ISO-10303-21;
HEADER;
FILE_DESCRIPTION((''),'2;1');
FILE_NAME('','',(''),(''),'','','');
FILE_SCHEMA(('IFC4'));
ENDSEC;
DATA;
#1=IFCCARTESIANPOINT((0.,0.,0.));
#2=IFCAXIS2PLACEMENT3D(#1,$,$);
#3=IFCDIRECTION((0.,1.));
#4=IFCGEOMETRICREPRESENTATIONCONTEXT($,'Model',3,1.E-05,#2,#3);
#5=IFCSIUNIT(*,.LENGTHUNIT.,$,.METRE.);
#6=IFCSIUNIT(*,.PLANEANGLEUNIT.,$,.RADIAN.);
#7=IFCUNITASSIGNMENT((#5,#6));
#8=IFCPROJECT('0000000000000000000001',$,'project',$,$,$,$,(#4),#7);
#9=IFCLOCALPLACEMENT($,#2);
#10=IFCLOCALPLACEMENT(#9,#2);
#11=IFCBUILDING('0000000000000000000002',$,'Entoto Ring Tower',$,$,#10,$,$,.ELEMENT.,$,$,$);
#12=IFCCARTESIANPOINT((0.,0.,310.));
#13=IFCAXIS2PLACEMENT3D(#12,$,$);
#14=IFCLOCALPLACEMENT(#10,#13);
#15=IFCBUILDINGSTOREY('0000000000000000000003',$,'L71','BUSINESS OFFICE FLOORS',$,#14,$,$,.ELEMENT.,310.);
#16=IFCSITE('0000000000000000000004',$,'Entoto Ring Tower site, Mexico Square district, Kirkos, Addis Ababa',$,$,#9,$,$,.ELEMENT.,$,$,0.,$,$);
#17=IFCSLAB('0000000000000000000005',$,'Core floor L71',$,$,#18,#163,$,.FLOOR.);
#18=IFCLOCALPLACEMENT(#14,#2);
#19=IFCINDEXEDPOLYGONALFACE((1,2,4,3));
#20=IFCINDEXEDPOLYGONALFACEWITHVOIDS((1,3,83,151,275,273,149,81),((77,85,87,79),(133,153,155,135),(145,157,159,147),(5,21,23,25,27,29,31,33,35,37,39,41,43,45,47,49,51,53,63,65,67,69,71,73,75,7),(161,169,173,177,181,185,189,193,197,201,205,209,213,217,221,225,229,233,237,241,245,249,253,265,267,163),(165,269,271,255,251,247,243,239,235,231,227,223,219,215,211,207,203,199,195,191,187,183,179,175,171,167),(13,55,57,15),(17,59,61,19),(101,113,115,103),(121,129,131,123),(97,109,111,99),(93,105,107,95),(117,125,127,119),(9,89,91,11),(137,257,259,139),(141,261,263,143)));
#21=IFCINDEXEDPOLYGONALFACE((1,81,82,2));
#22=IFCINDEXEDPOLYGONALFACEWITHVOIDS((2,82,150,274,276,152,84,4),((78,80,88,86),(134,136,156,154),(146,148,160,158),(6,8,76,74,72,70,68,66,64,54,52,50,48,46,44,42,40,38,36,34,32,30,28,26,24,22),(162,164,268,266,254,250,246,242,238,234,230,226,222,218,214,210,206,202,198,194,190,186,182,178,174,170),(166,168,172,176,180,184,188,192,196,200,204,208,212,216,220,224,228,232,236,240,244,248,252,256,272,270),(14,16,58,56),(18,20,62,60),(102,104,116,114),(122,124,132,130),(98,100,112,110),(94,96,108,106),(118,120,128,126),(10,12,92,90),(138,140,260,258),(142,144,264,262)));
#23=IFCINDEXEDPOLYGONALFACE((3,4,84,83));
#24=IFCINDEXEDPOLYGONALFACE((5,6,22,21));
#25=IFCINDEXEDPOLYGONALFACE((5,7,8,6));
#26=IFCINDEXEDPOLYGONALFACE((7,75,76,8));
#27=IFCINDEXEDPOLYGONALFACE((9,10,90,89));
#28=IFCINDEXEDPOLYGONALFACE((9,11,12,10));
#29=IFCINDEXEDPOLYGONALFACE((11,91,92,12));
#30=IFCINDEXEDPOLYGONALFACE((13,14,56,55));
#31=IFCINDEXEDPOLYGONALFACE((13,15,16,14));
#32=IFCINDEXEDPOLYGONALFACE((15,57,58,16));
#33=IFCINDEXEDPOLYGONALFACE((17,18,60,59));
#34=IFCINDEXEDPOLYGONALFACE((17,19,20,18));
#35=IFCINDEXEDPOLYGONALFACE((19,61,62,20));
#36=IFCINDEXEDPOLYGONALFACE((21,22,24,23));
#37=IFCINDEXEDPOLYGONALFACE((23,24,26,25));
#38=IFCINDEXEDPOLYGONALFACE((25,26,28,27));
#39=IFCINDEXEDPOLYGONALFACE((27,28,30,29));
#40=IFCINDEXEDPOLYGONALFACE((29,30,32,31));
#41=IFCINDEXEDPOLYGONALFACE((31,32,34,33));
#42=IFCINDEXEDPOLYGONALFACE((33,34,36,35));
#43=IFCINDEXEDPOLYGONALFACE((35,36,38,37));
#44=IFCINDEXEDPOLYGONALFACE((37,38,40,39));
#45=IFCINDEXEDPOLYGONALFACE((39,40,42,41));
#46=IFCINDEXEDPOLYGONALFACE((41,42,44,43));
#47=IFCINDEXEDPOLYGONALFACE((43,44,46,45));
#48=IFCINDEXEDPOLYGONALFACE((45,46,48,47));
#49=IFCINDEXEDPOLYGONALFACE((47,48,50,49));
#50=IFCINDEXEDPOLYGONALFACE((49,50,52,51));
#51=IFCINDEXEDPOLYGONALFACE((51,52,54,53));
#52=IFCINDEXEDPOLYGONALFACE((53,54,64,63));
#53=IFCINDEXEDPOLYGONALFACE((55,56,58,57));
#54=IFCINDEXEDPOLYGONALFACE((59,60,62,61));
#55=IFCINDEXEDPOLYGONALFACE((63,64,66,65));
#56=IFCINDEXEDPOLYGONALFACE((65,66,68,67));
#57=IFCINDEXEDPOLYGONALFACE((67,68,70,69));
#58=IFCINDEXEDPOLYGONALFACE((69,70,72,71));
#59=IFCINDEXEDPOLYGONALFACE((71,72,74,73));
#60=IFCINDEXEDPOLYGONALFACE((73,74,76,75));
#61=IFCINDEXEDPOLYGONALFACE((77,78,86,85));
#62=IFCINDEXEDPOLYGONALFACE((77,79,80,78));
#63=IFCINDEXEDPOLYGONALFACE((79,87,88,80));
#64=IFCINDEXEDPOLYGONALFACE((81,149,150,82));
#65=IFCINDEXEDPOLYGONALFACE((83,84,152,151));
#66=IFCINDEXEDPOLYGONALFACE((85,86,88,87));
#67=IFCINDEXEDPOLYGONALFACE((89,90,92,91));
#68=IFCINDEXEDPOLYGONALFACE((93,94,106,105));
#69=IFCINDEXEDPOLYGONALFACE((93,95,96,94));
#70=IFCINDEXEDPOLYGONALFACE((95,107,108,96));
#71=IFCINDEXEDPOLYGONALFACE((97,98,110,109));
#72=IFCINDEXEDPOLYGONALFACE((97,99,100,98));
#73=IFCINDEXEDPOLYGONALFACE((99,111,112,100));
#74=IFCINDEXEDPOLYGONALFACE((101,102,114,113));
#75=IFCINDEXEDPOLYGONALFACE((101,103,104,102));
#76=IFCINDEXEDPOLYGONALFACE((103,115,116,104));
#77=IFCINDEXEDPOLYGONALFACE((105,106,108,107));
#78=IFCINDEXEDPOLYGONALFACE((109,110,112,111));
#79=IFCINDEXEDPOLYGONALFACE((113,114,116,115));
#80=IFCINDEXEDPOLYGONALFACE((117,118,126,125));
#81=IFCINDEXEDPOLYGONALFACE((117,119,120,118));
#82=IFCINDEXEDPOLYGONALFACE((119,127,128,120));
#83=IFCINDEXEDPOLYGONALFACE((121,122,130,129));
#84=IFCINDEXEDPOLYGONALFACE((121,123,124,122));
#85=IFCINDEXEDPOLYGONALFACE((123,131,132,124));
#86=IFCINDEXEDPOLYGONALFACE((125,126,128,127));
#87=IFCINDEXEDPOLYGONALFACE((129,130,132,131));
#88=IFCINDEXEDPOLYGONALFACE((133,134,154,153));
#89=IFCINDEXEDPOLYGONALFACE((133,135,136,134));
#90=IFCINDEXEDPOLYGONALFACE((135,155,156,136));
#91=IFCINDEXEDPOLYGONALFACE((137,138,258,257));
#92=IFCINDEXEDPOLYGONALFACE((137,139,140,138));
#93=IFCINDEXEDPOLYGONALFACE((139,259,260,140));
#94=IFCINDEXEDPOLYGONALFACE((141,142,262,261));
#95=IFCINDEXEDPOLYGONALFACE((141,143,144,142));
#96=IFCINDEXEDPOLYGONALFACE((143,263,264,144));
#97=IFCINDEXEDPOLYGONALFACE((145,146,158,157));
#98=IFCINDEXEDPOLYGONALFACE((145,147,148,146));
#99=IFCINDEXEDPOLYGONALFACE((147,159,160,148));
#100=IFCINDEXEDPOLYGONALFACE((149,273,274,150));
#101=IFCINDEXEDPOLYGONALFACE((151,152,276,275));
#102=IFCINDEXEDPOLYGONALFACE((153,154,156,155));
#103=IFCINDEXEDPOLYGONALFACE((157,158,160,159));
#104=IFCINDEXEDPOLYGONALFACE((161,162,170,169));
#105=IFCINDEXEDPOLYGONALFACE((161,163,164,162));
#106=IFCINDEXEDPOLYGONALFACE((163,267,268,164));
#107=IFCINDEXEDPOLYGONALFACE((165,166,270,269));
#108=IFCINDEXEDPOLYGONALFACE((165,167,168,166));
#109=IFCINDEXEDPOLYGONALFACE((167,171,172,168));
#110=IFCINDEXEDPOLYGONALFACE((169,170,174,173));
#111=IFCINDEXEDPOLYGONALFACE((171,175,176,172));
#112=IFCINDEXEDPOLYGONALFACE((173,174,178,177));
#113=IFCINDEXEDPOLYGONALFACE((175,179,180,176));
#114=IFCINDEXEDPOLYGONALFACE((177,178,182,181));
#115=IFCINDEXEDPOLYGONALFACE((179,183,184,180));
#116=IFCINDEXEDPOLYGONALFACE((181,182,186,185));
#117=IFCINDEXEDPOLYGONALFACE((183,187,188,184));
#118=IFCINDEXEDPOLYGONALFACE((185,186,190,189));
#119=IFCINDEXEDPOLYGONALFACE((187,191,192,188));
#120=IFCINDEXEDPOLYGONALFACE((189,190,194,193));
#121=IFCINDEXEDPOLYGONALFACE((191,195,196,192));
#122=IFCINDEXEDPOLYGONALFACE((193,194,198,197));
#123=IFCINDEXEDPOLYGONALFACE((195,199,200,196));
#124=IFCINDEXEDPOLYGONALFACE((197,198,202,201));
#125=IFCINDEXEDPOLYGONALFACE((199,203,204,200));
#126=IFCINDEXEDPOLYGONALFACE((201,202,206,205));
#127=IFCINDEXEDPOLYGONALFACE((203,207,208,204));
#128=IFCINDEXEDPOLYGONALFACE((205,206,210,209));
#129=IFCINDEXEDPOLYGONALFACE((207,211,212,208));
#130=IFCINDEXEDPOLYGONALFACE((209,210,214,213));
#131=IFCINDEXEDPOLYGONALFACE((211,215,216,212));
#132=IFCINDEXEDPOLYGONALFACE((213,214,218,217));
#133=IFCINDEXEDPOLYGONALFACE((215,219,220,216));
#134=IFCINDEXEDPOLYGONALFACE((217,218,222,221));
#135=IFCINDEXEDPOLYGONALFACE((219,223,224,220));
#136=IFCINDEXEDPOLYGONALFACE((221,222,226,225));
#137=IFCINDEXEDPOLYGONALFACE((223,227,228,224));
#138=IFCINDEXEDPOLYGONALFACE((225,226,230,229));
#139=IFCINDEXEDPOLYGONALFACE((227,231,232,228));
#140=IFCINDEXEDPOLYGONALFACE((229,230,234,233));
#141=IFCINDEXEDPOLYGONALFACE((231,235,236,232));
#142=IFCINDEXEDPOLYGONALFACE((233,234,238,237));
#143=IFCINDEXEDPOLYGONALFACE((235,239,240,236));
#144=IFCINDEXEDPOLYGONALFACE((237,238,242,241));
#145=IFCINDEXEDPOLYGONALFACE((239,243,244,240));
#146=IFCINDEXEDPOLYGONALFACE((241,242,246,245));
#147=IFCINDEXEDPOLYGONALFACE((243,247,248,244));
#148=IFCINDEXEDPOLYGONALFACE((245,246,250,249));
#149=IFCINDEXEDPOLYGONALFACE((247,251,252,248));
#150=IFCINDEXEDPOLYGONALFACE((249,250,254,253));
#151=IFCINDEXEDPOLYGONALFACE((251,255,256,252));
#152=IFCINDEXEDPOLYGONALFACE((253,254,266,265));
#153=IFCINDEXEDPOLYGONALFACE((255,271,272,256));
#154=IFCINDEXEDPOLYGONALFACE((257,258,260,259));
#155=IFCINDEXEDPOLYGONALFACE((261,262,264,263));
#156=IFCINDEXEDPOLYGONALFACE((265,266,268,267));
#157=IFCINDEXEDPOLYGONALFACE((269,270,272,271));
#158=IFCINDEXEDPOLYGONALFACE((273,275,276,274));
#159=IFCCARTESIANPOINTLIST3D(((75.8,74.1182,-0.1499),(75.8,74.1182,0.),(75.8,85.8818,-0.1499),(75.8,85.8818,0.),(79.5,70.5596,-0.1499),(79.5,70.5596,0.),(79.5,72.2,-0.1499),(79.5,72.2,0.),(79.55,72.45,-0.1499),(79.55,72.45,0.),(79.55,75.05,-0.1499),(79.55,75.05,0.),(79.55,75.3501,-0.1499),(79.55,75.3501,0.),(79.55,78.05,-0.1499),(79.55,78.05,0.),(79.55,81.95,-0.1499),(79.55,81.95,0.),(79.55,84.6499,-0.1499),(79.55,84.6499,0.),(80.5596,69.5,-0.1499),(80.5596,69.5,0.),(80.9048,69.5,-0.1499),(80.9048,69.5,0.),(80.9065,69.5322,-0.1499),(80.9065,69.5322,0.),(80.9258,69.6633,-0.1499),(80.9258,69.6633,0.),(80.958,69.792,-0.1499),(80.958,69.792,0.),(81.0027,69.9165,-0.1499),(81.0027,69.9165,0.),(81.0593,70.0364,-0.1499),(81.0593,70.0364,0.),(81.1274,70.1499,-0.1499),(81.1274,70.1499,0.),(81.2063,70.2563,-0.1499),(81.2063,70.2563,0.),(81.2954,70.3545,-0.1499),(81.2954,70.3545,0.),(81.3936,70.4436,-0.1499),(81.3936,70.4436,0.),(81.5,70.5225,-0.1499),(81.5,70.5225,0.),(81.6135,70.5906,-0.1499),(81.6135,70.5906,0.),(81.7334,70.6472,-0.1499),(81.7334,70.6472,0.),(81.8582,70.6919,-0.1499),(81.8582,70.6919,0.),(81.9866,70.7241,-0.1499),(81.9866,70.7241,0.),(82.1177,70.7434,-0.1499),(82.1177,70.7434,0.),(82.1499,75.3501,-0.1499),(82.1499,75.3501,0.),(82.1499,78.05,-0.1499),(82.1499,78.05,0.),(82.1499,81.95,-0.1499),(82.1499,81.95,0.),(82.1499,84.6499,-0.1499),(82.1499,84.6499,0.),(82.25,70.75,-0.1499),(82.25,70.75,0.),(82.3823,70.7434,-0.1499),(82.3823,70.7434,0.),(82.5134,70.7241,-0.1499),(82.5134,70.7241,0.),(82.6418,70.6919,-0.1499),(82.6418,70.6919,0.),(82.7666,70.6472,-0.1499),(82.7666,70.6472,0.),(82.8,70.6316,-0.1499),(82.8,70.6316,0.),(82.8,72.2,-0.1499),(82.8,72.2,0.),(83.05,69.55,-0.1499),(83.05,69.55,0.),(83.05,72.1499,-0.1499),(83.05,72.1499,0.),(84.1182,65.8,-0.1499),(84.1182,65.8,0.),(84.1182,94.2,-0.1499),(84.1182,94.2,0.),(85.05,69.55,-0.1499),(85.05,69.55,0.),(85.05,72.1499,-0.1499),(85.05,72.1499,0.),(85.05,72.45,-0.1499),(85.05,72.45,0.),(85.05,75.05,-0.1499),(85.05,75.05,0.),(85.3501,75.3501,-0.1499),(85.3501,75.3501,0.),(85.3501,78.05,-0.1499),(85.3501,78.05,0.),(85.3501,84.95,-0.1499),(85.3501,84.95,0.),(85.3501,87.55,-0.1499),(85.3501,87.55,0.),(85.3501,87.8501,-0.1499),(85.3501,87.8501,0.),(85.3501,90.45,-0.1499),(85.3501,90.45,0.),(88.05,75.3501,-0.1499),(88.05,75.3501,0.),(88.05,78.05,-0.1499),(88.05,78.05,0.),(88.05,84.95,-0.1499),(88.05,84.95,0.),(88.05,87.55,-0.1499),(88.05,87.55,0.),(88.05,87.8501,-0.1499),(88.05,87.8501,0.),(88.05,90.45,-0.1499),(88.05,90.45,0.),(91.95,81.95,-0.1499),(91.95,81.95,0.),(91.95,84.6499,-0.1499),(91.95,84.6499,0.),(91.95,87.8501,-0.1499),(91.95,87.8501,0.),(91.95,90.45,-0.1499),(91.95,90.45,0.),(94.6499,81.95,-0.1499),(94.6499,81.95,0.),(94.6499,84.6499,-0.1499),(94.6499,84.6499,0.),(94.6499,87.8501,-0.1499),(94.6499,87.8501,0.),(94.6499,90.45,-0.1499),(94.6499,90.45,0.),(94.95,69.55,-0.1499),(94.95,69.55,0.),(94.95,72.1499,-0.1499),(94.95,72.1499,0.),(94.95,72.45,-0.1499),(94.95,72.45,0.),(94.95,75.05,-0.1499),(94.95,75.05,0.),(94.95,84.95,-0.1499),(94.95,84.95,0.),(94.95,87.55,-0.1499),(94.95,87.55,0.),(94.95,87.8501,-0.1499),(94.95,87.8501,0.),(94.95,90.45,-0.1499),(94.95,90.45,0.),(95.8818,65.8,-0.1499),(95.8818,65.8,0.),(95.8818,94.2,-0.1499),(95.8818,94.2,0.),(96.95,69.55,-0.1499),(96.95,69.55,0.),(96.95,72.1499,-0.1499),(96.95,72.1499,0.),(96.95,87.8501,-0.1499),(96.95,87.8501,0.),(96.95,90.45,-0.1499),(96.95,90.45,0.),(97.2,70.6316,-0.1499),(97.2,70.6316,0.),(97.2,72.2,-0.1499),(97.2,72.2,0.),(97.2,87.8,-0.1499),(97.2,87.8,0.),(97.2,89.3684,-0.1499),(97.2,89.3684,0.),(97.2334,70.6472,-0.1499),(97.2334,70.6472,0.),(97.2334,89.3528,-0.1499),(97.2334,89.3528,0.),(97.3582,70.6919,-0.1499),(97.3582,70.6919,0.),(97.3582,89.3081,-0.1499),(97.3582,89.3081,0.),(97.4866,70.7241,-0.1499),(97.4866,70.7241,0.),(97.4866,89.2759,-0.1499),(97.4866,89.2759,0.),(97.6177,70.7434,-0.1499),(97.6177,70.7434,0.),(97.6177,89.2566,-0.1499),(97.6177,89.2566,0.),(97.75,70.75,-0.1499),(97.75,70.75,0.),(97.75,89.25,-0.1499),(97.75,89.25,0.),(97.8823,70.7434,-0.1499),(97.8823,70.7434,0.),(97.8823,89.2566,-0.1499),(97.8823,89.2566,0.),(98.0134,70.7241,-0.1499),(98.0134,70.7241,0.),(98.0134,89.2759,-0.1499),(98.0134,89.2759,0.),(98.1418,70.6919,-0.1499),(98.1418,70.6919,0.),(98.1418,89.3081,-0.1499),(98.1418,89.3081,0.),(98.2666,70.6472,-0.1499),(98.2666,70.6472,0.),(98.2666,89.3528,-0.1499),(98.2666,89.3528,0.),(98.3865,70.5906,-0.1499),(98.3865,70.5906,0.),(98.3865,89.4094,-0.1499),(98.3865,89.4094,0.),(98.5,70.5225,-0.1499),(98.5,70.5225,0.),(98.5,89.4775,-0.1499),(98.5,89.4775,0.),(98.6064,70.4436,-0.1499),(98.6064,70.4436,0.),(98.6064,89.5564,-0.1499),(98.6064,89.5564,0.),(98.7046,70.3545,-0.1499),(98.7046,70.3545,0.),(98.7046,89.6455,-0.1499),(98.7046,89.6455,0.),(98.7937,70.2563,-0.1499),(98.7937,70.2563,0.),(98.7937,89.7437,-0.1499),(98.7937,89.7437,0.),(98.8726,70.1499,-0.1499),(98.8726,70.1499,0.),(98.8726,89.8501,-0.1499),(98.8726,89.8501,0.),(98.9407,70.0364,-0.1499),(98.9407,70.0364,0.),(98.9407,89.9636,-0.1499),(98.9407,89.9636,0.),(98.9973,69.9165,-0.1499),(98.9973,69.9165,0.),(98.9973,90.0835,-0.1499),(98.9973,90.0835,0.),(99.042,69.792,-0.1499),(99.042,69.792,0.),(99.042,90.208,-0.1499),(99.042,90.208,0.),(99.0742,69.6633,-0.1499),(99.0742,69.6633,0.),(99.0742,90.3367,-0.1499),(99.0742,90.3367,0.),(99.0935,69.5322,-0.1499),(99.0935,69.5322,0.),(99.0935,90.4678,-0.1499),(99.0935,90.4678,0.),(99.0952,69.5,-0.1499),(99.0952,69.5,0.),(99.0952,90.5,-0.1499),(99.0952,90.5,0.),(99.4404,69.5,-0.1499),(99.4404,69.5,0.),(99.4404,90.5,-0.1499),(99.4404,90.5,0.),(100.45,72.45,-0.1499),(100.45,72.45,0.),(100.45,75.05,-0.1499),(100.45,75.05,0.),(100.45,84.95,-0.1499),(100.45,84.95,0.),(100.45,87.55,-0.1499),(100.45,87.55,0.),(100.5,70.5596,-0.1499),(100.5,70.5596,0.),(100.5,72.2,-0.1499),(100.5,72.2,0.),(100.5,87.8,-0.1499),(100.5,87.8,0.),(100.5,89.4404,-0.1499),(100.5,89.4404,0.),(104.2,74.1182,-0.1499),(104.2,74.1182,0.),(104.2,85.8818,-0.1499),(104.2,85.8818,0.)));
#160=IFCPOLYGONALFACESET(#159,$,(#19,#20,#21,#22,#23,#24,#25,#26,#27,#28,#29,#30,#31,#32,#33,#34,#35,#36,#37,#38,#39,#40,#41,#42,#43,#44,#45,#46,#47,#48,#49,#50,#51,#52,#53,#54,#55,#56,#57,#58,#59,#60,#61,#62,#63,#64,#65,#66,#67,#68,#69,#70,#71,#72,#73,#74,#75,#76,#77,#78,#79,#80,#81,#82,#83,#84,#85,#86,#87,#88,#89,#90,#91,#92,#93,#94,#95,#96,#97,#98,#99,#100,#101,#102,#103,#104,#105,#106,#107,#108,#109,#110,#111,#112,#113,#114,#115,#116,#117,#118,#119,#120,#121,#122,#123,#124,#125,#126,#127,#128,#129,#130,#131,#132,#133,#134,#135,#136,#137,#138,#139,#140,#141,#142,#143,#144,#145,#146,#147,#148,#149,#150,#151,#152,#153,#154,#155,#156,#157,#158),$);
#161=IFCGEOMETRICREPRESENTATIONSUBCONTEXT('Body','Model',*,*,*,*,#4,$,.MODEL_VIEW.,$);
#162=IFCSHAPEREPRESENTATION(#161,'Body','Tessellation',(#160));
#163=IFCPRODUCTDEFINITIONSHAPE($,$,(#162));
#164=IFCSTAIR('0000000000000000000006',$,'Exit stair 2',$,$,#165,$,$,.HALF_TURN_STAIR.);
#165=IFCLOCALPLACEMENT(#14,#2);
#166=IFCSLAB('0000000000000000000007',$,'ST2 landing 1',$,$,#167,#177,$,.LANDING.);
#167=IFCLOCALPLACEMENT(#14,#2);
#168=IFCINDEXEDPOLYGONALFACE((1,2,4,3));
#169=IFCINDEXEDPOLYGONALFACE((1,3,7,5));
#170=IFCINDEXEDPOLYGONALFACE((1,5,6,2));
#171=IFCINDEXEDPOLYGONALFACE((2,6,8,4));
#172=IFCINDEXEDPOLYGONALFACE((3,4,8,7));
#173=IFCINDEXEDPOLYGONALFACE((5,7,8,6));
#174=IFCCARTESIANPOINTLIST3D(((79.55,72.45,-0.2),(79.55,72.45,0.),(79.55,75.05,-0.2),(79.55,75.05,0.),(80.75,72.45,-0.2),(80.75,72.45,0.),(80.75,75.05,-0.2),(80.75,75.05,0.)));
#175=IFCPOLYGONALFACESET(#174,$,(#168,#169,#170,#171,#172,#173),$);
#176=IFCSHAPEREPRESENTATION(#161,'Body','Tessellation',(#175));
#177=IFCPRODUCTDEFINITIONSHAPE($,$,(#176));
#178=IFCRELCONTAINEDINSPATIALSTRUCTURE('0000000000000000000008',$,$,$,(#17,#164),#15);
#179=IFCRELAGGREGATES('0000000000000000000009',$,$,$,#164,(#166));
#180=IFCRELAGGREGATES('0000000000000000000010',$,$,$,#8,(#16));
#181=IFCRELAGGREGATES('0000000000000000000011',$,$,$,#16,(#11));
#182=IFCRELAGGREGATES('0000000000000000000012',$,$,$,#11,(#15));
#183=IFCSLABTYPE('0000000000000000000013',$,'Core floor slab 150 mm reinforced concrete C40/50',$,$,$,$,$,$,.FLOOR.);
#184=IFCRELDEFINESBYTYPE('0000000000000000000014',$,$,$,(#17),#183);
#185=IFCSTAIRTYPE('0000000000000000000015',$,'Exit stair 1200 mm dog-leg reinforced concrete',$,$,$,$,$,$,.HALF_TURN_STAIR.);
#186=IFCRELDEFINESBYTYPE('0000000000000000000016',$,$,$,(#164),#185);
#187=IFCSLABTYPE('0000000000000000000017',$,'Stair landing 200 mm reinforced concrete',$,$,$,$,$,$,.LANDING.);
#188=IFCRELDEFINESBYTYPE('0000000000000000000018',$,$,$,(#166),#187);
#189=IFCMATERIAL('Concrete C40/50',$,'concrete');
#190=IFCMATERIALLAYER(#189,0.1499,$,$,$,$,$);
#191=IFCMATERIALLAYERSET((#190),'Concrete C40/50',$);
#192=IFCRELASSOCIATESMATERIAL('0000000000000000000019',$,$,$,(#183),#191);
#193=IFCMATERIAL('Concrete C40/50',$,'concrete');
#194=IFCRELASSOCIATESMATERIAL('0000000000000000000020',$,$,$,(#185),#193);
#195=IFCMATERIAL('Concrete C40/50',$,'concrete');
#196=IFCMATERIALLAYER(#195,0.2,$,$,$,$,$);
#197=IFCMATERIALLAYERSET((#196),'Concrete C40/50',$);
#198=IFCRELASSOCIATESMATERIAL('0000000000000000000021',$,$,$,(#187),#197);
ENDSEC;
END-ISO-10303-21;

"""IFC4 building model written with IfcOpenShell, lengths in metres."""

from ifc_helpers import new_model, si_unit, direction, frame, origin, place, context, subcontext, project, spatial, polyline, outline, extrude, material, layer, layer_set, type_object, element, aggregate, save


model = new_model("IFC4")

# Units and contexts
model_context = context("Model", 3, precision=1e-05, world=origin(), true_north=direction((0.0, 1.0)))
body_context = subcontext(model_context, "Body", "Model", "MODEL_VIEW")
ifc_project = project(units=[si_unit("LENGTHUNIT", "METRE"), si_unit("PLANEANGLEUNIT", "RADIAN")], contexts=[model_context])

# Site, building, storey
site_placement = place(None, origin())
site = spatial("IfcSite", under=ifc_project, at=site_placement, Name="Entoto Ring Tower site, Mexico Square district, Kirkos, Addis Ababa", CompositionType="ELEMENT", RefElevation=0.0)
building_placement = place(site_placement, origin())
building = spatial("IfcBuilding", under=site, at=building_placement, Name="Entoto Ring Tower", CompositionType="ELEMENT")
storey_placement = place(building_placement, frame((0.0, 0.0, 310.0)))
storey = spatial("IfcBuildingStorey", under=building, at=storey_placement, Name="L71", Description="BUSINESS OFFICE FLOORS", CompositionType="ELEMENT", Elevation=310.0)

# Slab
ifc_material_1 = material(Name="Concrete C40/50", Category="concrete")
ifc_layer_1 = layer(ifc_material_1, 0.1499)
ifc_layer_set_1 = layer_set([ifc_layer_1], Name="Concrete C40/50")
slab_type_1 = type_object("IfcSlabType", Name="Core floor slab 150 mm reinforced concrete C40/50", PredefinedType="FLOOR", material=ifc_layer_set_1)
slab_1_placement = place(storey_placement, frame((0.0, 0.0, -0.1499)))
element("IfcSlab", 1, at=slab_1_placement, inside=storey, type_object=slab_type_1, Name="Core floor L71", PredefinedType="FLOOR", context=body_context, shape_type="SweptSolid", body=[
    extrude(outline(polyline([(104.2, 74.1182), (104.2, 85.8818), (95.8818, 94.2), (84.1182, 94.2), (75.8, 85.8818), (75.8, 74.1182), (84.1182, 65.8), (95.8818, 65.8), (104.2, 74.1182)]), holes=[polyline([(100.45, 84.95), (100.45, 87.55), (94.95, 87.55), (94.95, 84.95), (100.45, 84.95)]), polyline([(85.05, 72.45), (85.05, 75.05), (79.55, 75.05), (79.55, 72.45), (85.05, 72.45)]), polyline([(100.45, 72.45), (100.45, 75.05), (94.95, 75.05), (94.95, 72.45), (100.45, 72.45)]), polyline([(94.95, 90.45), (94.95, 87.8501), (96.95, 87.8501), (96.95, 90.45), (94.95, 90.45)]), polyline([(94.95, 72.1499), (94.95, 69.55), (96.95, 69.55), (96.95, 72.1499), (94.95, 72.1499)]), polyline([(83.05, 72.1499), (83.05, 69.55), (85.05, 69.55), (85.05, 72.1499), (83.05, 72.1499)]), polyline([(79.55, 81.95), (82.1499, 81.95), (82.1499, 84.6499), (79.55, 84.6499), (79.55, 81.95)]), polyline([(79.55, 75.3501), (82.1499, 75.3501), (82.1499, 78.05), (79.55, 78.05), (79.55, 75.3501)]), polyline([(91.95, 87.8501), (94.6499, 87.8501), (94.6499, 90.45), (91.95, 90.45), (91.95, 87.8501)]), polyline([(91.95, 81.95), (94.6499, 81.95), (94.6499, 84.6499), (91.95, 84.6499), (91.95, 81.95)]), polyline([(85.3501, 75.3501), (88.05, 75.3501), (88.05, 78.05), (85.3501, 78.05), (85.3501, 75.3501)]), polyline([(85.3501, 84.95), (88.05, 84.95), (88.05, 87.55), (85.3501, 87.55), (85.3501, 84.95)]), polyline([(85.3501, 87.8501), (88.05, 87.8501), (88.05, 90.45), (85.3501, 90.45), (85.3501, 87.8501)]), polyline([(97.2, 89.3684), (97.2, 87.8), (100.5, 87.8), (100.5, 89.4404), (99.4404, 90.5), (99.0952, 90.5), (99.0935, 90.4678), (99.0742, 90.3367), (99.042, 90.208), (98.9973, 90.0835), (98.9407, 89.9636), (98.8726, 89.8501), (98.7937, 89.7437), (98.7046, 89.6455), (98.6064, 89.5564), (98.5, 89.4775), (98.3865, 89.4094), (98.2666, 89.3528), (98.1418, 89.3081), (98.0134, 89.2759), (97.8823, 89.2566), (97.75, 89.25), (97.6177, 89.2566), (97.4866, 89.2759), (97.3582, 89.3081), (97.2334, 89.3528), (97.2, 89.3684)]), polyline([(80.5596, 69.5), (80.9048, 69.5), (80.9065, 69.5322), (80.9258, 69.6633), (80.958, 69.792), (81.0027, 69.9165), (81.0593, 70.0364), (81.1274, 70.1499), (81.2063, 70.2563), (81.2954, 70.3545), (81.3936, 70.4436), (81.5, 70.5225), (81.6135, 70.5906), (81.7334, 70.6472), (81.8582, 70.6919), (81.9866, 70.7241), (82.1177, 70.7434), (82.25, 70.75), (82.3823, 70.7434), (82.5134, 70.7241), (82.6418, 70.6919), (82.7666, 70.6472), (82.8, 70.6316), (82.8, 72.2), (79.5, 72.2), (79.5, 70.5596), (80.5596, 69.5)]), polyline([(99.0952, 69.5), (99.4404, 69.5), (100.5, 70.5596), (100.5, 72.2), (97.2, 72.2), (97.2, 70.6316), (97.2334, 70.6472), (97.3582, 70.6919), (97.4866, 70.7241), (97.6177, 70.7434), (97.75, 70.75), (97.8823, 70.7434), (98.0134, 70.7241), (98.1418, 70.6919), (98.2666, 70.6472), (98.3865, 70.5906), (98.5, 70.5225), (98.6064, 70.4436), (98.7046, 70.3545), (98.7937, 70.2563), (98.8726, 70.1499), (98.9407, 70.0364), (98.9973, 69.9165), (99.042, 69.792), (99.0742, 69.6633), (99.0935, 69.5322), (99.0952, 69.5)])]), origin(), (0.0, 0.0, 1.0), 0.1499),
])

# Stair, slab
ifc_material_2 = material(Name="Concrete C40/50", Category="concrete")
stair_type = type_object("IfcStairType", Name="Exit stair 1200 mm dog-leg reinforced concrete", PredefinedType="HALF_TURN_STAIR", material=ifc_material_2)
stair_1_placement = place(storey_placement, origin())
stair_1 = element("IfcStair", 2, at=stair_1_placement, inside=storey, type_object=stair_type, Name="Exit stair 2", PredefinedType="HALF_TURN_STAIR")
ifc_material_3 = material(Name="Concrete C40/50", Category="concrete")
ifc_layer_2 = layer(ifc_material_3, 0.2)
ifc_layer_set_2 = layer_set([ifc_layer_2], Name="Concrete C40/50")
slab_type_2 = type_object("IfcSlabType", Name="Stair landing 200 mm reinforced concrete", PredefinedType="LANDING", material=ifc_layer_set_2)
slab_2_placement = place(storey_placement, frame((0.0, 0.0, -0.2)))
slab_2 = element("IfcSlab", 3, at=slab_2_placement, type_object=slab_type_2, Name="ST2 landing 1", PredefinedType="LANDING", context=body_context, shape_type="SweptSolid", body=[
    extrude(outline(polyline([(80.75, 72.45), (80.75, 75.05), (79.55, 75.05), (79.55, 72.45), (80.75, 72.45)])), origin(), (0.0, 0.0, 1.0), 0.2),
])
aggregate(stair_1, [slab_2])

save(model, "model.ifc")
